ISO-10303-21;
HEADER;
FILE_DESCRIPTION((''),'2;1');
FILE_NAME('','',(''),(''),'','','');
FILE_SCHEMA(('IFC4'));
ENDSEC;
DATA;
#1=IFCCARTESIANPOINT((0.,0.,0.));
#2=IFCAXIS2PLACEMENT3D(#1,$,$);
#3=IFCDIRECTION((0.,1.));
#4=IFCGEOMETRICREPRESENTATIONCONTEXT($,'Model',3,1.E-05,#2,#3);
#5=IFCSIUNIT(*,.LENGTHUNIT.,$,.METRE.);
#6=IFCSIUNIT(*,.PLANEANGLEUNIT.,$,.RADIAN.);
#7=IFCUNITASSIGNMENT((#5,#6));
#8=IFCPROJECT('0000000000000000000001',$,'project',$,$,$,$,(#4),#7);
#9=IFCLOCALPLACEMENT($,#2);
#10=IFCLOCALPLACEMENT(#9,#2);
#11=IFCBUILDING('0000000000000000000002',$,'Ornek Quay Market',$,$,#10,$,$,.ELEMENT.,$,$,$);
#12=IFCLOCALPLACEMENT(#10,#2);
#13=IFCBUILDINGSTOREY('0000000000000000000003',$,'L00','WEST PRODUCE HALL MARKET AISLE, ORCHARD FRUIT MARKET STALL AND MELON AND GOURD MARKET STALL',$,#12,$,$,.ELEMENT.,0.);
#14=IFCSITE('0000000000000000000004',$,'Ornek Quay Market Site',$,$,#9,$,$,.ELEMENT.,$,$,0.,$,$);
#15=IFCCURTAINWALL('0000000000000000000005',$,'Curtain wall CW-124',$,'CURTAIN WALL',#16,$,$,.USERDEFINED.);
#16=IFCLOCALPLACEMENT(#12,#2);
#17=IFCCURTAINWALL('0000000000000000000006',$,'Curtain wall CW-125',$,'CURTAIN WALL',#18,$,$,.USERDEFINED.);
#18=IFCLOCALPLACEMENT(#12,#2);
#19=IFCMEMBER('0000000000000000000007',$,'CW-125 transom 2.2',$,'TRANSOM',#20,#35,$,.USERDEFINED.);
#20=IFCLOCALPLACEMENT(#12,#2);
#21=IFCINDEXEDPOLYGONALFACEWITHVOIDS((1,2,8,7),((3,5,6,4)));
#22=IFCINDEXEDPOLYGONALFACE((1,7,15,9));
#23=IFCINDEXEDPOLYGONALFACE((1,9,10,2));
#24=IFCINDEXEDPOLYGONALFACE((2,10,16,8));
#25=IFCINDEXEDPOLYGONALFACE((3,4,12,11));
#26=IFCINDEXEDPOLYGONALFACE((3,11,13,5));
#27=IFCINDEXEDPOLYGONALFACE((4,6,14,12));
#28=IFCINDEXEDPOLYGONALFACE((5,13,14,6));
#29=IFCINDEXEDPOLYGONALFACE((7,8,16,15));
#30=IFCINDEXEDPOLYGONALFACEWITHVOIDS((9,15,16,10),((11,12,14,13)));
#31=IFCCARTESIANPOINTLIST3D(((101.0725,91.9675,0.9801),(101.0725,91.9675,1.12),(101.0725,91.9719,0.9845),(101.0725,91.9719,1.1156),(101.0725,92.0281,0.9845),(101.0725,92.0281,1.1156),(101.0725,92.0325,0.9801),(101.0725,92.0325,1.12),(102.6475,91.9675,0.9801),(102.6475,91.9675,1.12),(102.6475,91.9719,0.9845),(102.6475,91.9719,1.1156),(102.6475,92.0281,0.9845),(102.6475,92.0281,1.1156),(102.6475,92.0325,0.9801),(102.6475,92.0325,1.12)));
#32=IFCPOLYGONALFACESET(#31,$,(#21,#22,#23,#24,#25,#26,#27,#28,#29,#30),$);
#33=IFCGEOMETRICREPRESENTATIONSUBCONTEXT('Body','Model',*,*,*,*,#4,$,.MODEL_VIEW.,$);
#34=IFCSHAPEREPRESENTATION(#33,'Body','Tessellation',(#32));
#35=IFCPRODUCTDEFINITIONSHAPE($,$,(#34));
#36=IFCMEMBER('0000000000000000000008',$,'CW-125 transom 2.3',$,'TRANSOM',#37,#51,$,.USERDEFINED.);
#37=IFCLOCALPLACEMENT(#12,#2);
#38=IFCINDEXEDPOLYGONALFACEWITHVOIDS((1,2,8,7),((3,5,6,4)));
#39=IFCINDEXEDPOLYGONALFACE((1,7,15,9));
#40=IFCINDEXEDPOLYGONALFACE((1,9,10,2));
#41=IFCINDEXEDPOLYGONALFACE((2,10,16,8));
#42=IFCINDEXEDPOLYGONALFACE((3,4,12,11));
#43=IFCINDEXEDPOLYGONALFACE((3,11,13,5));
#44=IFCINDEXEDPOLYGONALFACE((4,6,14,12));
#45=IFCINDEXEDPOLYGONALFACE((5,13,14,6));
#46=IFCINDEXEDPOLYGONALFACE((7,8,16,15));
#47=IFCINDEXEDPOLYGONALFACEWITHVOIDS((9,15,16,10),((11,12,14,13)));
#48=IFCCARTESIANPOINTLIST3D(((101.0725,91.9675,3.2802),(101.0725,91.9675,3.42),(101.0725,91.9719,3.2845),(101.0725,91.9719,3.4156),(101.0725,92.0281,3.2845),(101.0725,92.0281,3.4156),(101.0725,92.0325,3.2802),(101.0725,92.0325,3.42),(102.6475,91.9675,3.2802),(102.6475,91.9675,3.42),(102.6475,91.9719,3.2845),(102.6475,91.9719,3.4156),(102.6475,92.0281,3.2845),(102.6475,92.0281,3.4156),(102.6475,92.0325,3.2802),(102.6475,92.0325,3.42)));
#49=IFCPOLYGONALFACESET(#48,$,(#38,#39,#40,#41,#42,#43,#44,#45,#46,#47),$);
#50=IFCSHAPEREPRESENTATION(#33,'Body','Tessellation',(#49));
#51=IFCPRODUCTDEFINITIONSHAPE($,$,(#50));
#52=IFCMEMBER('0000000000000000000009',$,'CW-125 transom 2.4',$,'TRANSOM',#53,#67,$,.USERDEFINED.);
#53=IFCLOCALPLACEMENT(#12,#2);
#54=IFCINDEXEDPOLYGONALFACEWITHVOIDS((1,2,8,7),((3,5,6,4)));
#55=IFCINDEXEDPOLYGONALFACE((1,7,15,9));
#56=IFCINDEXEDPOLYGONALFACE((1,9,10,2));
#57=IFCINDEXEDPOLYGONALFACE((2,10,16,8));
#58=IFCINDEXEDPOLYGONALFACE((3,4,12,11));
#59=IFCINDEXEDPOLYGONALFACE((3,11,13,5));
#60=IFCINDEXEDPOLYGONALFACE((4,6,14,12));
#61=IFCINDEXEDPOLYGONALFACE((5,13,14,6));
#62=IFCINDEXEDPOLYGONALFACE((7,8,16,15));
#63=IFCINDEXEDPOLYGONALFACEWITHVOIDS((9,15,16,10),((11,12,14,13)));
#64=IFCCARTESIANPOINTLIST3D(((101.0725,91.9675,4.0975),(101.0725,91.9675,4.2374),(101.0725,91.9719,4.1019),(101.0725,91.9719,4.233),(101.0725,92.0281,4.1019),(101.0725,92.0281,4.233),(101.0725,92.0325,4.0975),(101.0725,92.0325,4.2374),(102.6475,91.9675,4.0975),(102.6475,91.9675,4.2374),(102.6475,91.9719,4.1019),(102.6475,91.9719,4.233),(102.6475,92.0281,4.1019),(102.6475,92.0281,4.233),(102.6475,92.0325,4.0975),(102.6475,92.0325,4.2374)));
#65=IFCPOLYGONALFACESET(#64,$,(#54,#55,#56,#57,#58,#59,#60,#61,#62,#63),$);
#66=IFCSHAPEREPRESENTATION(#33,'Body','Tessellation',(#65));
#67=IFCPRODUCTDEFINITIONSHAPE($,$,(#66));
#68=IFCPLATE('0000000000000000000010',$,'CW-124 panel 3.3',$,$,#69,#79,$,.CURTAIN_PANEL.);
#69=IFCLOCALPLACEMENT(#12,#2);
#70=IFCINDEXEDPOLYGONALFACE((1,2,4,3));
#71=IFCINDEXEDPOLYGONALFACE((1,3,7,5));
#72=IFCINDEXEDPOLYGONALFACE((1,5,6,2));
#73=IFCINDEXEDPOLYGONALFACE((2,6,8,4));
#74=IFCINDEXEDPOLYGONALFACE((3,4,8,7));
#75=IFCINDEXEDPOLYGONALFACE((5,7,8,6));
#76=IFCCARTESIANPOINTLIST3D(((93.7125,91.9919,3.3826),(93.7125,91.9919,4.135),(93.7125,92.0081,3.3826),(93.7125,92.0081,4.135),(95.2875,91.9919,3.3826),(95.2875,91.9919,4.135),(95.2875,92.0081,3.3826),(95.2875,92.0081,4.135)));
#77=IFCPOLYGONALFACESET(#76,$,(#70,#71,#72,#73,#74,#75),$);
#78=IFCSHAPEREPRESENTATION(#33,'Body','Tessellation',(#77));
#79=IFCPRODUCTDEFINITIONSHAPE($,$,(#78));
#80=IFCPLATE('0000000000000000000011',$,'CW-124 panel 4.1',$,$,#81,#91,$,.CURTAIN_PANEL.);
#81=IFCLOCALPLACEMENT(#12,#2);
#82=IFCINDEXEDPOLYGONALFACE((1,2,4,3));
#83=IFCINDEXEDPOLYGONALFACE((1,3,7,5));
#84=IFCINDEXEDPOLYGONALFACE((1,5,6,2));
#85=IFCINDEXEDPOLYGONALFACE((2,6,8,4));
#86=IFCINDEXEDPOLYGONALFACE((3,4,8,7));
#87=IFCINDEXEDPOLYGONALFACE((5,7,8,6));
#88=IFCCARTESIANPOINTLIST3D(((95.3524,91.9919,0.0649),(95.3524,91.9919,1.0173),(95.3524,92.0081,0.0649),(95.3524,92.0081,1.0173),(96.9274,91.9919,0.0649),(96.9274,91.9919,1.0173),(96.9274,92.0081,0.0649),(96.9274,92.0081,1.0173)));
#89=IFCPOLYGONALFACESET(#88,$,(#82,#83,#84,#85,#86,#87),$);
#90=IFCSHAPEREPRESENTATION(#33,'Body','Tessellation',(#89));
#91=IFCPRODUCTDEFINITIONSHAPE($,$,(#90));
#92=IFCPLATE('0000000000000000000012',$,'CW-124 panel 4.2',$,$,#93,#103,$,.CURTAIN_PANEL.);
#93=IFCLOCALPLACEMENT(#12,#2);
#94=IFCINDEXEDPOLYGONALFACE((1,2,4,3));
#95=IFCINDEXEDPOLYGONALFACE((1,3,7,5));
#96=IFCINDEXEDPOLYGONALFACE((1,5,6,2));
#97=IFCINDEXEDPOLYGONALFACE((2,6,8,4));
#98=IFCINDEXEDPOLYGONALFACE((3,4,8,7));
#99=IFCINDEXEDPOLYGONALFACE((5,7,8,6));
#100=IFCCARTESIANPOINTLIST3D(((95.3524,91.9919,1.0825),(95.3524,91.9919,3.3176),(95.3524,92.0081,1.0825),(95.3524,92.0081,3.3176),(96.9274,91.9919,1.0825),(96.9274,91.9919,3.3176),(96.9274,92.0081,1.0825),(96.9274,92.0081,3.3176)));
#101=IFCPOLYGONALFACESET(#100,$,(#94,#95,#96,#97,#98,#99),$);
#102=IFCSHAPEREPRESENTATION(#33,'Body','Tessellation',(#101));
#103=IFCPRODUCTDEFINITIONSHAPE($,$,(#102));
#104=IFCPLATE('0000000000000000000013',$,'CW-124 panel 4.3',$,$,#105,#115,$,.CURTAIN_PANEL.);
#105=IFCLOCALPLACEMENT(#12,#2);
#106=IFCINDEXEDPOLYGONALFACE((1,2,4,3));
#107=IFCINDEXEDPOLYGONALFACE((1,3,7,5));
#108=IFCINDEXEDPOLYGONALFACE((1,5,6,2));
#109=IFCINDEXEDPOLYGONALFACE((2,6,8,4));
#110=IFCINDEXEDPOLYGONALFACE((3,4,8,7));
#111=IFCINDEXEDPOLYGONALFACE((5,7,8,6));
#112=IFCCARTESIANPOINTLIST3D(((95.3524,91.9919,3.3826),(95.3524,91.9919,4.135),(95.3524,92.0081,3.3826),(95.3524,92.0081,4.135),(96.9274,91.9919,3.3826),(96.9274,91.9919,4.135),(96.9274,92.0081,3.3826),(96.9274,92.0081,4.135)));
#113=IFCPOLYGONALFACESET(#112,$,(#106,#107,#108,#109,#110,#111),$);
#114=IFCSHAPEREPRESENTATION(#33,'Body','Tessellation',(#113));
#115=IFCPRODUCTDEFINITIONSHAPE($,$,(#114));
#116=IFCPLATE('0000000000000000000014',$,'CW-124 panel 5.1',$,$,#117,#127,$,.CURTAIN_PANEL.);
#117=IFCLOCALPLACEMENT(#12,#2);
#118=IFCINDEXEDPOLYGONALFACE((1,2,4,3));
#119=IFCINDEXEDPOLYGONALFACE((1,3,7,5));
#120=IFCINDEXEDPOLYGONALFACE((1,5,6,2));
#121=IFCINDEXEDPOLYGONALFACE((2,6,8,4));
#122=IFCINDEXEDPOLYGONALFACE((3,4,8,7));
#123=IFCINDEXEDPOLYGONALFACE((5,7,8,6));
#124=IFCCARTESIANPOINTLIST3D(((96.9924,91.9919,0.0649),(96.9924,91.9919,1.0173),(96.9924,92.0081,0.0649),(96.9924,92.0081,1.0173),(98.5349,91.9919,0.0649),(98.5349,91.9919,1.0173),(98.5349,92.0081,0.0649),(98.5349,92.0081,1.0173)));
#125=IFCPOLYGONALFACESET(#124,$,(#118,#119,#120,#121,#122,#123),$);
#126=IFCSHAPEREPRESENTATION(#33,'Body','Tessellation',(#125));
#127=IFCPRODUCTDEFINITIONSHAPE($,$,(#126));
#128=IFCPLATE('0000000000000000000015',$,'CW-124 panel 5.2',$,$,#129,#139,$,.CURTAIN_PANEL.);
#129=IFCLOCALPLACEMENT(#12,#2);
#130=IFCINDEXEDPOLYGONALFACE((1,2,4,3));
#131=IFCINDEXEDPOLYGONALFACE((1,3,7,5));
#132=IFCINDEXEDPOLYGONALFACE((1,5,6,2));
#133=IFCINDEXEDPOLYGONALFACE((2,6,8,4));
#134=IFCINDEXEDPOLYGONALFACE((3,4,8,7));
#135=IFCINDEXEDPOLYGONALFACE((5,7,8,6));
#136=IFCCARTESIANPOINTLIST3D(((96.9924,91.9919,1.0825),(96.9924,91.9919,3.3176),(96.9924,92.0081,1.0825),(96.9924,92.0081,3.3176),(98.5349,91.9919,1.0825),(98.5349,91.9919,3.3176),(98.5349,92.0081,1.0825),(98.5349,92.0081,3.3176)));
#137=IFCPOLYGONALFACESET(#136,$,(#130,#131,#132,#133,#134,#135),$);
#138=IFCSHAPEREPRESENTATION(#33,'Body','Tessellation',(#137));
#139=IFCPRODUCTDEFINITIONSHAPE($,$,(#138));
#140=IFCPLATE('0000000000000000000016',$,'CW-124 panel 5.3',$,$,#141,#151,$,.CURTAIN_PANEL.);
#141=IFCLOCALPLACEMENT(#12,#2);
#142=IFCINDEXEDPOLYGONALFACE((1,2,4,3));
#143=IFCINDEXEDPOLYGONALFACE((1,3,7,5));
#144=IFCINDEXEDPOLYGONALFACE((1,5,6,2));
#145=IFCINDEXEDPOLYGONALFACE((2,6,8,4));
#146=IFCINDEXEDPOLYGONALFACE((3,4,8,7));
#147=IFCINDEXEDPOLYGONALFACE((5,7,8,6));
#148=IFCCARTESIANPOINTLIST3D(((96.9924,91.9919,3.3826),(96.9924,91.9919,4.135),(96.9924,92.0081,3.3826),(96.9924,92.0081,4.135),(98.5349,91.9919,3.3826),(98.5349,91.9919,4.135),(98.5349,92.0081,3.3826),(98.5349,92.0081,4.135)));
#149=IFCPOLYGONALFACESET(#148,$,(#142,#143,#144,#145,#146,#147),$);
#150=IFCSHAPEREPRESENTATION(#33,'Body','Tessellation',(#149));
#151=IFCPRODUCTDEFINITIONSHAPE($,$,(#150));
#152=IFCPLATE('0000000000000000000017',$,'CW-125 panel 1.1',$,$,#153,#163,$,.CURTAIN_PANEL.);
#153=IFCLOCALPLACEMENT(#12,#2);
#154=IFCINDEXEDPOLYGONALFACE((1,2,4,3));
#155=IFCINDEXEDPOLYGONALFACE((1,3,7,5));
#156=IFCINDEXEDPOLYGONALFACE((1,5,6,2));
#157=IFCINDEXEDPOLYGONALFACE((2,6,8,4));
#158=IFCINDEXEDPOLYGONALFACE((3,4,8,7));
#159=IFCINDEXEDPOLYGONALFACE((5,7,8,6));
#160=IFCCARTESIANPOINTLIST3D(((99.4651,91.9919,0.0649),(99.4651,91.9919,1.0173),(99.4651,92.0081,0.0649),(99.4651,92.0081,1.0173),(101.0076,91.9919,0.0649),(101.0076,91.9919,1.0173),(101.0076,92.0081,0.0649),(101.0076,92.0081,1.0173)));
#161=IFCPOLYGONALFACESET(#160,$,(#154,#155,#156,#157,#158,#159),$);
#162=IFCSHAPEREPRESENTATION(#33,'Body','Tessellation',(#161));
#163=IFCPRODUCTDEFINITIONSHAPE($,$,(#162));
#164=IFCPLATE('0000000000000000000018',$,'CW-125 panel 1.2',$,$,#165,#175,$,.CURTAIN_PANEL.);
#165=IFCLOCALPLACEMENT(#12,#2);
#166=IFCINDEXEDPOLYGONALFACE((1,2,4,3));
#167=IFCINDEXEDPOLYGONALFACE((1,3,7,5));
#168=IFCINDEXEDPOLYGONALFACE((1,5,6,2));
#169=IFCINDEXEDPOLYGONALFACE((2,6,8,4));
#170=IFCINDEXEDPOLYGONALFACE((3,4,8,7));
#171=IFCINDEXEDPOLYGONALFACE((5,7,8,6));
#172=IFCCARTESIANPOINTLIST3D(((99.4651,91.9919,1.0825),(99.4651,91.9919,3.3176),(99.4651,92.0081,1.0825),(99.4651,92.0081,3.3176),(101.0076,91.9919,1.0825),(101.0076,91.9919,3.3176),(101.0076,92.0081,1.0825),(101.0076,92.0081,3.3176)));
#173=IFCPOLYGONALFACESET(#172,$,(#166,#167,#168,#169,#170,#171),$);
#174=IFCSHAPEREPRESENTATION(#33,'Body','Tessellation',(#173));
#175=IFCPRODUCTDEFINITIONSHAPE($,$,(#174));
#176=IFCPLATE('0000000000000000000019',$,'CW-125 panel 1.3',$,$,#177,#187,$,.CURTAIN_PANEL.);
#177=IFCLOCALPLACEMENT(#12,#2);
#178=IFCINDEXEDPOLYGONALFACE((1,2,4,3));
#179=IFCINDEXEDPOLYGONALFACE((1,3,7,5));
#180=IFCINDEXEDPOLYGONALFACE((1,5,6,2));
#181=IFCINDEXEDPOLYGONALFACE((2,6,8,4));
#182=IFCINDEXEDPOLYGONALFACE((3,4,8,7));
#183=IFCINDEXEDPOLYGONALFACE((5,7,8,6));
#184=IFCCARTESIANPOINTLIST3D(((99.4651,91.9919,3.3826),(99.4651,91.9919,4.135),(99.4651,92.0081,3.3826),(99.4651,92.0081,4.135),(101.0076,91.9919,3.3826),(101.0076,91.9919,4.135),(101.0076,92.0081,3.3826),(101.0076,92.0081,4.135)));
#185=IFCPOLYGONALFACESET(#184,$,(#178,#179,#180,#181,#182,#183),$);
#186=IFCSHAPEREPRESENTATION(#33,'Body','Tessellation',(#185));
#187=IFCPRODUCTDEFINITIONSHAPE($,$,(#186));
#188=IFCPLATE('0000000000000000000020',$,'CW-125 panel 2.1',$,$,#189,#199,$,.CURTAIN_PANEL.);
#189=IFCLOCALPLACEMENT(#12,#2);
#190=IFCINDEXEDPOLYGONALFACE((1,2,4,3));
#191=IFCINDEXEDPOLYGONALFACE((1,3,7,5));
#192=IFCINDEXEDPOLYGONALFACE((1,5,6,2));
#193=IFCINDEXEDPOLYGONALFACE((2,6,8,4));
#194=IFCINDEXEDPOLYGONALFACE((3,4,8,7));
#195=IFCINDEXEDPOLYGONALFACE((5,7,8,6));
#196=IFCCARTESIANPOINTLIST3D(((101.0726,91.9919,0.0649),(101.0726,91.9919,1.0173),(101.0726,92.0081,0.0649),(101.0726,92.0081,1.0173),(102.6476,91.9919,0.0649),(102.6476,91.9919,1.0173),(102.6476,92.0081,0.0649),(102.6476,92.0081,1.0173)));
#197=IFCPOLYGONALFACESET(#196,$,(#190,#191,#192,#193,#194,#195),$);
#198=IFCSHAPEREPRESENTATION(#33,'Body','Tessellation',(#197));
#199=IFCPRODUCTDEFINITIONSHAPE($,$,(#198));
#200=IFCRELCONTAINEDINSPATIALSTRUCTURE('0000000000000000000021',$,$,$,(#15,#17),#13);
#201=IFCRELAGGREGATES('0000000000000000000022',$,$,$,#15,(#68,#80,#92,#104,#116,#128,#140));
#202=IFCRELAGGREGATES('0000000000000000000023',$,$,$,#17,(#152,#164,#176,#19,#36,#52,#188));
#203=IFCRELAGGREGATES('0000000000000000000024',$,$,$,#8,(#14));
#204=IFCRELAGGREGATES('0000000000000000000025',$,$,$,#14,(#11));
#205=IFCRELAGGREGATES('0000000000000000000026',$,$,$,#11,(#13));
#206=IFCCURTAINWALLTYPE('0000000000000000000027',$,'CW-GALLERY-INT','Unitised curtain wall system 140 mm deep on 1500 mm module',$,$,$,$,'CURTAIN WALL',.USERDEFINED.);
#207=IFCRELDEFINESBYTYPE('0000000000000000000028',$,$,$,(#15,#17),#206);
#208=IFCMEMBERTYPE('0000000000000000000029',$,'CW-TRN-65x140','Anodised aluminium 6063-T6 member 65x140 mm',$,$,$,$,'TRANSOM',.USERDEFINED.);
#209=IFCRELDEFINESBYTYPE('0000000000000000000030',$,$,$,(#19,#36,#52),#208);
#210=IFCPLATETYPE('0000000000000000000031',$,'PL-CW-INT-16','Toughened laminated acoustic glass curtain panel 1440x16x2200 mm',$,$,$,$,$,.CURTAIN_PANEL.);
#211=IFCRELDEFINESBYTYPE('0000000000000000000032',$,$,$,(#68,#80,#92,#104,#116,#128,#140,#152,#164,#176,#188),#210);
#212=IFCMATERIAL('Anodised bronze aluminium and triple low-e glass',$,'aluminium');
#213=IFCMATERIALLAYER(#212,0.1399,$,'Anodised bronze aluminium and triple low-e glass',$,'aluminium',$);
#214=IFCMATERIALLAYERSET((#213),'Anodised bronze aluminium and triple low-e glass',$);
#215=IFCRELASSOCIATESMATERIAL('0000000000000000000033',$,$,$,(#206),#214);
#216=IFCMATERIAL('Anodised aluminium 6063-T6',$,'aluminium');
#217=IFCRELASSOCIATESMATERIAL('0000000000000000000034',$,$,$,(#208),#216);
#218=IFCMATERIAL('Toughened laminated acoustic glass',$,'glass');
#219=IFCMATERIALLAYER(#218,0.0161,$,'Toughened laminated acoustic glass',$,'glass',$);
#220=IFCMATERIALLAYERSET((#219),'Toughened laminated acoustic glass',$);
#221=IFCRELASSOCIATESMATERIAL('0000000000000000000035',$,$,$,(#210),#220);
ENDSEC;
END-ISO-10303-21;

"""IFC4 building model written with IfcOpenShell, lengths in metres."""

from ifc_helpers import new_model, si_unit, direction, frame, origin, origin_2d, place, context, subcontext, project, spatial, rectangle, hollow_rectangle, extrude, material, layer, layer_set, material_profile, profile_set, type_object, element, aggregate, save


model = new_model("IFC4")

# Units and contexts
model_context = context("Model", 3, precision=1e-05, world=origin(), true_north=direction((0.0, 1.0)))
body_context = subcontext(model_context, "Body", "Model", "MODEL_VIEW")
ifc_project = project(units=[si_unit("LENGTHUNIT", "METRE"), si_unit("PLANEANGLEUNIT", "RADIAN")], contexts=[model_context])

# Site, building, storey
site_placement = place(None, origin())
site = spatial("IfcSite", under=ifc_project, at=site_placement, Name="Ornek Quay Market Site", CompositionType="ELEMENT", RefElevation=0.0)
building_placement = place(site_placement, origin())
building = spatial("IfcBuilding", under=site, at=building_placement, Name="Ornek Quay Market", CompositionType="ELEMENT")
storey_placement = place(building_placement, origin())
storey = spatial("IfcBuildingStorey", under=building, at=storey_placement, Name="L00", Description="WEST PRODUCE HALL MARKET AISLE, ORCHARD FRUIT MARKET STALL AND MELON AND GOURD MARKET STALL", CompositionType="ELEMENT", Elevation=0.0)

# Curtain walls
ifc_material_1 = material(Name="Anodised bronze aluminium and triple low-e glass", Category="aluminium")
ifc_layer_1 = layer(ifc_material_1, 0.1399, Name="Anodised bronze aluminium and triple low-e glass", Category="aluminium")
ifc_layer_set_1 = layer_set([ifc_layer_1], Name="Anodised bronze aluminium and triple low-e glass")
curtain_wall_type = type_object("IfcCurtainWallType", Name="CW-GALLERY-INT", Description="Unitised curtain wall system 140 mm deep on 1500 mm module", ElementType="CURTAIN WALL", PredefinedType="USERDEFINED", material=ifc_layer_set_1)
curtain_wall_1_placement = place(storey_placement, origin())
curtain_wall_1 = element("IfcCurtainWall", 1, at=curtain_wall_1_placement, inside=storey, type_object=curtain_wall_type, Name="Curtain wall CW-124", ObjectType="CURTAIN WALL", PredefinedType="USERDEFINED")
ifc_material_2 = material(Name="Anodised aluminium 6063-T6", Category="aluminium")
curtain_wall_2_placement = place(storey_placement, origin())
curtain_wall_2 = element("IfcCurtainWall", 2, at=curtain_wall_2_placement, inside=storey, type_object=curtain_wall_type, Name="Curtain wall CW-125", ObjectType="CURTAIN WALL", PredefinedType="USERDEFINED")

# Members
ifc_material_profile_1 = material_profile(ifc_material_2, hollow_rectangle(XDim=0.0649, YDim=0.1399, WallThickness=0.0044, at=origin_2d()), Name="CW-TRN-65x140", Category="aluminium")
ifc_profile_set_1 = profile_set([ifc_material_profile_1], Name="Anodised aluminium 6063-T6")
member_type_1 = type_object("IfcMemberType", Name="CW-TRN-65x140", Description="Anodised aluminium 6063-T6 member 65x140 mm", ElementType="TRANSOM", PredefinedType="USERDEFINED", material=ifc_profile_set_1)
member_1_placement = place(storey_placement, frame((101.0725, 92.0, 1.05), z_axis=(1.0, 0.0, 0.0), x_axis=(0.0, 1.0, 0.0)))
member_1 = element("IfcMember", 3, at=member_1_placement, type_object=member_type_1, Name="CW-125 transom 2.2", ObjectType="TRANSOM", PredefinedType="USERDEFINED", context=body_context, shape_type="SweptSolid", body=[
    extrude(hollow_rectangle(XDim=0.0649, YDim=0.1399, WallThickness=0.0044, at=origin_2d()), origin(), (0.0, 0.0, 1.0), 1.575),
])
member_2_placement = place(storey_placement, frame((101.0725, 92.0, 3.3501), z_axis=(1.0, 0.0, 0.0), x_axis=(0.0, 1.0, 0.0)))
member_2 = element("IfcMember", 4, at=member_2_placement, type_object=member_type_1, Name="CW-125 transom 2.3", ObjectType="TRANSOM", PredefinedType="USERDEFINED", context=body_context, shape_type="SweptSolid", body=[
    extrude(hollow_rectangle(XDim=0.0649, YDim=0.1399, WallThickness=0.0044, at=origin_2d()), origin(), (0.0, 0.0, 1.0), 1.575),
])
member_3_placement = place(storey_placement, frame((101.0725, 92.0, 4.1675), z_axis=(1.0, 0.0, 0.0), x_axis=(0.0, 1.0, 0.0)))
member_3 = element("IfcMember", 5, at=member_3_placement, type_object=member_type_1, Name="CW-125 transom 2.4", ObjectType="TRANSOM", PredefinedType="USERDEFINED", context=body_context, shape_type="SweptSolid", body=[
    extrude(hollow_rectangle(XDim=0.0649, YDim=0.1399, WallThickness=0.0044, at=origin_2d()), origin(), (0.0, 0.0, 1.0), 1.575),
])

# Plates
ifc_material_3 = material(Name="Toughened laminated acoustic glass", Category="glass")
ifc_layer_2 = layer(ifc_material_3, 0.0161, Name="Toughened laminated acoustic glass", Category="glass")
ifc_layer_set_2 = layer_set([ifc_layer_2], Name="Toughened laminated acoustic glass")
plate_type = type_object("IfcPlateType", Name="PL-CW-INT-16", Description="Toughened laminated acoustic glass curtain panel 1440x16x2200 mm", PredefinedType="CURTAIN_PANEL", material=ifc_layer_set_2)
plate_1_placement = place(storey_placement, frame((94.5, 92.0, 3.3826), z_axis=(0.0, 0.0, 1.0), x_axis=(1.0, 0.0, 0.0)))
plate_1 = element("IfcPlate", 6, at=plate_1_placement, type_object=plate_type, Name="CW-124 panel 3.3", PredefinedType="CURTAIN_PANEL", context=body_context, shape_type="SweptSolid", body=[
    extrude(rectangle(XDim=1.575, YDim=0.0161, at=origin_2d()), origin(), (0.0, 0.0, 1.0), 0.7524),
])
plate_2_placement = place(storey_placement, frame((96.1399, 92.0, 0.0649), z_axis=(0.0, 0.0, 1.0), x_axis=(1.0, 0.0, 0.0)))
plate_2 = element("IfcPlate", 7, at=plate_2_placement, type_object=plate_type, Name="CW-124 panel 4.1", PredefinedType="CURTAIN_PANEL", context=body_context, shape_type="SweptSolid", body=[
    extrude(rectangle(XDim=1.575, YDim=0.0161, at=origin_2d()), origin(), (0.0, 0.0, 1.0), 0.9524),
])
plate_3_placement = place(storey_placement, frame((96.1399, 92.0, 1.0825), z_axis=(0.0, 0.0, 1.0), x_axis=(1.0, 0.0, 0.0)))
plate_3 = element("IfcPlate", 8, at=plate_3_placement, type_object=plate_type, Name="CW-124 panel 4.2", PredefinedType="CURTAIN_PANEL", context=body_context, shape_type="SweptSolid", body=[
    extrude(rectangle(XDim=1.575, YDim=0.0161, at=origin_2d()), origin(), (0.0, 0.0, 1.0), 2.2351),
])
plate_4_placement = place(storey_placement, frame((96.1399, 92.0, 3.3826), z_axis=(0.0, 0.0, 1.0), x_axis=(1.0, 0.0, 0.0)))
plate_4 = element("IfcPlate", 9, at=plate_4_placement, type_object=plate_type, Name="CW-124 panel 4.3", PredefinedType="CURTAIN_PANEL", context=body_context, shape_type="SweptSolid", body=[
    extrude(rectangle(XDim=1.575, YDim=0.0161, at=origin_2d()), origin(), (0.0, 0.0, 1.0), 0.7524),
])
plate_5_placement = place(storey_placement, frame((97.7637, 92.0, 0.0649), z_axis=(0.0, 0.0, 1.0), x_axis=(1.0, 0.0, 0.0)))
plate_5 = element("IfcPlate", 10, at=plate_5_placement, type_object=plate_type, Name="CW-124 panel 5.1", PredefinedType="CURTAIN_PANEL", context=body_context, shape_type="SweptSolid", body=[
    extrude(rectangle(XDim=1.5425, YDim=0.0161, at=origin_2d()), origin(), (0.0, 0.0, 1.0), 0.9524),
])
plate_6_placement = place(storey_placement, frame((97.7637, 92.0, 1.0825), z_axis=(0.0, 0.0, 1.0), x_axis=(1.0, 0.0, 0.0)))
plate_6 = element("IfcPlate", 11, at=plate_6_placement, type_object=plate_type, Name="CW-124 panel 5.2", PredefinedType="CURTAIN_PANEL", context=body_context, shape_type="SweptSolid", body=[
    extrude(rectangle(XDim=1.5425, YDim=0.0161, at=origin_2d()), origin(), (0.0, 0.0, 1.0), 2.2351),
])
plate_7_placement = place(storey_placement, frame((97.7637, 92.0, 3.3826), z_axis=(0.0, 0.0, 1.0), x_axis=(1.0, 0.0, 0.0)))
plate_7 = element("IfcPlate", 12, at=plate_7_placement, type_object=plate_type, Name="CW-124 panel 5.3", PredefinedType="CURTAIN_PANEL", context=body_context, shape_type="SweptSolid", body=[
    extrude(rectangle(XDim=1.5425, YDim=0.0161, at=origin_2d()), origin(), (0.0, 0.0, 1.0), 0.7524),
])
aggregate(curtain_wall_1, [plate_1, plate_2, plate_3, plate_4, plate_5, plate_6, plate_7])
plate_8_placement = place(storey_placement, frame((100.2363, 92.0, 0.0649), z_axis=(0.0, 0.0, 1.0), x_axis=(1.0, 0.0, 0.0)))
plate_8 = element("IfcPlate", 13, at=plate_8_placement, type_object=plate_type, Name="CW-125 panel 1.1", PredefinedType="CURTAIN_PANEL", context=body_context, shape_type="SweptSolid", body=[
    extrude(rectangle(XDim=1.5425, YDim=0.0161, at=origin_2d()), origin(), (0.0, 0.0, 1.0), 0.9524),
])
plate_9_placement = place(storey_placement, frame((100.2363, 92.0, 1.0825), z_axis=(0.0, 0.0, 1.0), x_axis=(1.0, 0.0, 0.0)))
plate_9 = element("IfcPlate", 14, at=plate_9_placement, type_object=plate_type, Name="CW-125 panel 1.2", PredefinedType="CURTAIN_PANEL", context=body_context, shape_type="SweptSolid", body=[
    extrude(rectangle(XDim=1.5425, YDim=0.0161, at=origin_2d()), origin(), (0.0, 0.0, 1.0), 2.2351),
])
plate_10_placement = place(storey_placement, frame((100.2363, 92.0, 3.3826), z_axis=(0.0, 0.0, 1.0), x_axis=(1.0, 0.0, 0.0)))
plate_10 = element("IfcPlate", 15, at=plate_10_placement, type_object=plate_type, Name="CW-125 panel 1.3", PredefinedType="CURTAIN_PANEL", context=body_context, shape_type="SweptSolid", body=[
    extrude(rectangle(XDim=1.5425, YDim=0.0161, at=origin_2d()), origin(), (0.0, 0.0, 1.0), 0.7524),
])
plate_11_placement = place(storey_placement, frame((101.8601, 92.0, 0.0649), z_axis=(0.0, 0.0, 1.0), x_axis=(1.0, 0.0, 0.0)))
plate_11 = element("IfcPlate", 16, at=plate_11_placement, type_object=plate_type, Name="CW-125 panel 2.1", PredefinedType="CURTAIN_PANEL", context=body_context, shape_type="SweptSolid", body=[
    extrude(rectangle(XDim=1.575, YDim=0.0161, at=origin_2d()), origin(), (0.0, 0.0, 1.0), 0.9524),
])
aggregate(curtain_wall_2, [plate_8, plate_9, plate_10, member_1, member_2, member_3, plate_11])

save(model, "model.ifc")
